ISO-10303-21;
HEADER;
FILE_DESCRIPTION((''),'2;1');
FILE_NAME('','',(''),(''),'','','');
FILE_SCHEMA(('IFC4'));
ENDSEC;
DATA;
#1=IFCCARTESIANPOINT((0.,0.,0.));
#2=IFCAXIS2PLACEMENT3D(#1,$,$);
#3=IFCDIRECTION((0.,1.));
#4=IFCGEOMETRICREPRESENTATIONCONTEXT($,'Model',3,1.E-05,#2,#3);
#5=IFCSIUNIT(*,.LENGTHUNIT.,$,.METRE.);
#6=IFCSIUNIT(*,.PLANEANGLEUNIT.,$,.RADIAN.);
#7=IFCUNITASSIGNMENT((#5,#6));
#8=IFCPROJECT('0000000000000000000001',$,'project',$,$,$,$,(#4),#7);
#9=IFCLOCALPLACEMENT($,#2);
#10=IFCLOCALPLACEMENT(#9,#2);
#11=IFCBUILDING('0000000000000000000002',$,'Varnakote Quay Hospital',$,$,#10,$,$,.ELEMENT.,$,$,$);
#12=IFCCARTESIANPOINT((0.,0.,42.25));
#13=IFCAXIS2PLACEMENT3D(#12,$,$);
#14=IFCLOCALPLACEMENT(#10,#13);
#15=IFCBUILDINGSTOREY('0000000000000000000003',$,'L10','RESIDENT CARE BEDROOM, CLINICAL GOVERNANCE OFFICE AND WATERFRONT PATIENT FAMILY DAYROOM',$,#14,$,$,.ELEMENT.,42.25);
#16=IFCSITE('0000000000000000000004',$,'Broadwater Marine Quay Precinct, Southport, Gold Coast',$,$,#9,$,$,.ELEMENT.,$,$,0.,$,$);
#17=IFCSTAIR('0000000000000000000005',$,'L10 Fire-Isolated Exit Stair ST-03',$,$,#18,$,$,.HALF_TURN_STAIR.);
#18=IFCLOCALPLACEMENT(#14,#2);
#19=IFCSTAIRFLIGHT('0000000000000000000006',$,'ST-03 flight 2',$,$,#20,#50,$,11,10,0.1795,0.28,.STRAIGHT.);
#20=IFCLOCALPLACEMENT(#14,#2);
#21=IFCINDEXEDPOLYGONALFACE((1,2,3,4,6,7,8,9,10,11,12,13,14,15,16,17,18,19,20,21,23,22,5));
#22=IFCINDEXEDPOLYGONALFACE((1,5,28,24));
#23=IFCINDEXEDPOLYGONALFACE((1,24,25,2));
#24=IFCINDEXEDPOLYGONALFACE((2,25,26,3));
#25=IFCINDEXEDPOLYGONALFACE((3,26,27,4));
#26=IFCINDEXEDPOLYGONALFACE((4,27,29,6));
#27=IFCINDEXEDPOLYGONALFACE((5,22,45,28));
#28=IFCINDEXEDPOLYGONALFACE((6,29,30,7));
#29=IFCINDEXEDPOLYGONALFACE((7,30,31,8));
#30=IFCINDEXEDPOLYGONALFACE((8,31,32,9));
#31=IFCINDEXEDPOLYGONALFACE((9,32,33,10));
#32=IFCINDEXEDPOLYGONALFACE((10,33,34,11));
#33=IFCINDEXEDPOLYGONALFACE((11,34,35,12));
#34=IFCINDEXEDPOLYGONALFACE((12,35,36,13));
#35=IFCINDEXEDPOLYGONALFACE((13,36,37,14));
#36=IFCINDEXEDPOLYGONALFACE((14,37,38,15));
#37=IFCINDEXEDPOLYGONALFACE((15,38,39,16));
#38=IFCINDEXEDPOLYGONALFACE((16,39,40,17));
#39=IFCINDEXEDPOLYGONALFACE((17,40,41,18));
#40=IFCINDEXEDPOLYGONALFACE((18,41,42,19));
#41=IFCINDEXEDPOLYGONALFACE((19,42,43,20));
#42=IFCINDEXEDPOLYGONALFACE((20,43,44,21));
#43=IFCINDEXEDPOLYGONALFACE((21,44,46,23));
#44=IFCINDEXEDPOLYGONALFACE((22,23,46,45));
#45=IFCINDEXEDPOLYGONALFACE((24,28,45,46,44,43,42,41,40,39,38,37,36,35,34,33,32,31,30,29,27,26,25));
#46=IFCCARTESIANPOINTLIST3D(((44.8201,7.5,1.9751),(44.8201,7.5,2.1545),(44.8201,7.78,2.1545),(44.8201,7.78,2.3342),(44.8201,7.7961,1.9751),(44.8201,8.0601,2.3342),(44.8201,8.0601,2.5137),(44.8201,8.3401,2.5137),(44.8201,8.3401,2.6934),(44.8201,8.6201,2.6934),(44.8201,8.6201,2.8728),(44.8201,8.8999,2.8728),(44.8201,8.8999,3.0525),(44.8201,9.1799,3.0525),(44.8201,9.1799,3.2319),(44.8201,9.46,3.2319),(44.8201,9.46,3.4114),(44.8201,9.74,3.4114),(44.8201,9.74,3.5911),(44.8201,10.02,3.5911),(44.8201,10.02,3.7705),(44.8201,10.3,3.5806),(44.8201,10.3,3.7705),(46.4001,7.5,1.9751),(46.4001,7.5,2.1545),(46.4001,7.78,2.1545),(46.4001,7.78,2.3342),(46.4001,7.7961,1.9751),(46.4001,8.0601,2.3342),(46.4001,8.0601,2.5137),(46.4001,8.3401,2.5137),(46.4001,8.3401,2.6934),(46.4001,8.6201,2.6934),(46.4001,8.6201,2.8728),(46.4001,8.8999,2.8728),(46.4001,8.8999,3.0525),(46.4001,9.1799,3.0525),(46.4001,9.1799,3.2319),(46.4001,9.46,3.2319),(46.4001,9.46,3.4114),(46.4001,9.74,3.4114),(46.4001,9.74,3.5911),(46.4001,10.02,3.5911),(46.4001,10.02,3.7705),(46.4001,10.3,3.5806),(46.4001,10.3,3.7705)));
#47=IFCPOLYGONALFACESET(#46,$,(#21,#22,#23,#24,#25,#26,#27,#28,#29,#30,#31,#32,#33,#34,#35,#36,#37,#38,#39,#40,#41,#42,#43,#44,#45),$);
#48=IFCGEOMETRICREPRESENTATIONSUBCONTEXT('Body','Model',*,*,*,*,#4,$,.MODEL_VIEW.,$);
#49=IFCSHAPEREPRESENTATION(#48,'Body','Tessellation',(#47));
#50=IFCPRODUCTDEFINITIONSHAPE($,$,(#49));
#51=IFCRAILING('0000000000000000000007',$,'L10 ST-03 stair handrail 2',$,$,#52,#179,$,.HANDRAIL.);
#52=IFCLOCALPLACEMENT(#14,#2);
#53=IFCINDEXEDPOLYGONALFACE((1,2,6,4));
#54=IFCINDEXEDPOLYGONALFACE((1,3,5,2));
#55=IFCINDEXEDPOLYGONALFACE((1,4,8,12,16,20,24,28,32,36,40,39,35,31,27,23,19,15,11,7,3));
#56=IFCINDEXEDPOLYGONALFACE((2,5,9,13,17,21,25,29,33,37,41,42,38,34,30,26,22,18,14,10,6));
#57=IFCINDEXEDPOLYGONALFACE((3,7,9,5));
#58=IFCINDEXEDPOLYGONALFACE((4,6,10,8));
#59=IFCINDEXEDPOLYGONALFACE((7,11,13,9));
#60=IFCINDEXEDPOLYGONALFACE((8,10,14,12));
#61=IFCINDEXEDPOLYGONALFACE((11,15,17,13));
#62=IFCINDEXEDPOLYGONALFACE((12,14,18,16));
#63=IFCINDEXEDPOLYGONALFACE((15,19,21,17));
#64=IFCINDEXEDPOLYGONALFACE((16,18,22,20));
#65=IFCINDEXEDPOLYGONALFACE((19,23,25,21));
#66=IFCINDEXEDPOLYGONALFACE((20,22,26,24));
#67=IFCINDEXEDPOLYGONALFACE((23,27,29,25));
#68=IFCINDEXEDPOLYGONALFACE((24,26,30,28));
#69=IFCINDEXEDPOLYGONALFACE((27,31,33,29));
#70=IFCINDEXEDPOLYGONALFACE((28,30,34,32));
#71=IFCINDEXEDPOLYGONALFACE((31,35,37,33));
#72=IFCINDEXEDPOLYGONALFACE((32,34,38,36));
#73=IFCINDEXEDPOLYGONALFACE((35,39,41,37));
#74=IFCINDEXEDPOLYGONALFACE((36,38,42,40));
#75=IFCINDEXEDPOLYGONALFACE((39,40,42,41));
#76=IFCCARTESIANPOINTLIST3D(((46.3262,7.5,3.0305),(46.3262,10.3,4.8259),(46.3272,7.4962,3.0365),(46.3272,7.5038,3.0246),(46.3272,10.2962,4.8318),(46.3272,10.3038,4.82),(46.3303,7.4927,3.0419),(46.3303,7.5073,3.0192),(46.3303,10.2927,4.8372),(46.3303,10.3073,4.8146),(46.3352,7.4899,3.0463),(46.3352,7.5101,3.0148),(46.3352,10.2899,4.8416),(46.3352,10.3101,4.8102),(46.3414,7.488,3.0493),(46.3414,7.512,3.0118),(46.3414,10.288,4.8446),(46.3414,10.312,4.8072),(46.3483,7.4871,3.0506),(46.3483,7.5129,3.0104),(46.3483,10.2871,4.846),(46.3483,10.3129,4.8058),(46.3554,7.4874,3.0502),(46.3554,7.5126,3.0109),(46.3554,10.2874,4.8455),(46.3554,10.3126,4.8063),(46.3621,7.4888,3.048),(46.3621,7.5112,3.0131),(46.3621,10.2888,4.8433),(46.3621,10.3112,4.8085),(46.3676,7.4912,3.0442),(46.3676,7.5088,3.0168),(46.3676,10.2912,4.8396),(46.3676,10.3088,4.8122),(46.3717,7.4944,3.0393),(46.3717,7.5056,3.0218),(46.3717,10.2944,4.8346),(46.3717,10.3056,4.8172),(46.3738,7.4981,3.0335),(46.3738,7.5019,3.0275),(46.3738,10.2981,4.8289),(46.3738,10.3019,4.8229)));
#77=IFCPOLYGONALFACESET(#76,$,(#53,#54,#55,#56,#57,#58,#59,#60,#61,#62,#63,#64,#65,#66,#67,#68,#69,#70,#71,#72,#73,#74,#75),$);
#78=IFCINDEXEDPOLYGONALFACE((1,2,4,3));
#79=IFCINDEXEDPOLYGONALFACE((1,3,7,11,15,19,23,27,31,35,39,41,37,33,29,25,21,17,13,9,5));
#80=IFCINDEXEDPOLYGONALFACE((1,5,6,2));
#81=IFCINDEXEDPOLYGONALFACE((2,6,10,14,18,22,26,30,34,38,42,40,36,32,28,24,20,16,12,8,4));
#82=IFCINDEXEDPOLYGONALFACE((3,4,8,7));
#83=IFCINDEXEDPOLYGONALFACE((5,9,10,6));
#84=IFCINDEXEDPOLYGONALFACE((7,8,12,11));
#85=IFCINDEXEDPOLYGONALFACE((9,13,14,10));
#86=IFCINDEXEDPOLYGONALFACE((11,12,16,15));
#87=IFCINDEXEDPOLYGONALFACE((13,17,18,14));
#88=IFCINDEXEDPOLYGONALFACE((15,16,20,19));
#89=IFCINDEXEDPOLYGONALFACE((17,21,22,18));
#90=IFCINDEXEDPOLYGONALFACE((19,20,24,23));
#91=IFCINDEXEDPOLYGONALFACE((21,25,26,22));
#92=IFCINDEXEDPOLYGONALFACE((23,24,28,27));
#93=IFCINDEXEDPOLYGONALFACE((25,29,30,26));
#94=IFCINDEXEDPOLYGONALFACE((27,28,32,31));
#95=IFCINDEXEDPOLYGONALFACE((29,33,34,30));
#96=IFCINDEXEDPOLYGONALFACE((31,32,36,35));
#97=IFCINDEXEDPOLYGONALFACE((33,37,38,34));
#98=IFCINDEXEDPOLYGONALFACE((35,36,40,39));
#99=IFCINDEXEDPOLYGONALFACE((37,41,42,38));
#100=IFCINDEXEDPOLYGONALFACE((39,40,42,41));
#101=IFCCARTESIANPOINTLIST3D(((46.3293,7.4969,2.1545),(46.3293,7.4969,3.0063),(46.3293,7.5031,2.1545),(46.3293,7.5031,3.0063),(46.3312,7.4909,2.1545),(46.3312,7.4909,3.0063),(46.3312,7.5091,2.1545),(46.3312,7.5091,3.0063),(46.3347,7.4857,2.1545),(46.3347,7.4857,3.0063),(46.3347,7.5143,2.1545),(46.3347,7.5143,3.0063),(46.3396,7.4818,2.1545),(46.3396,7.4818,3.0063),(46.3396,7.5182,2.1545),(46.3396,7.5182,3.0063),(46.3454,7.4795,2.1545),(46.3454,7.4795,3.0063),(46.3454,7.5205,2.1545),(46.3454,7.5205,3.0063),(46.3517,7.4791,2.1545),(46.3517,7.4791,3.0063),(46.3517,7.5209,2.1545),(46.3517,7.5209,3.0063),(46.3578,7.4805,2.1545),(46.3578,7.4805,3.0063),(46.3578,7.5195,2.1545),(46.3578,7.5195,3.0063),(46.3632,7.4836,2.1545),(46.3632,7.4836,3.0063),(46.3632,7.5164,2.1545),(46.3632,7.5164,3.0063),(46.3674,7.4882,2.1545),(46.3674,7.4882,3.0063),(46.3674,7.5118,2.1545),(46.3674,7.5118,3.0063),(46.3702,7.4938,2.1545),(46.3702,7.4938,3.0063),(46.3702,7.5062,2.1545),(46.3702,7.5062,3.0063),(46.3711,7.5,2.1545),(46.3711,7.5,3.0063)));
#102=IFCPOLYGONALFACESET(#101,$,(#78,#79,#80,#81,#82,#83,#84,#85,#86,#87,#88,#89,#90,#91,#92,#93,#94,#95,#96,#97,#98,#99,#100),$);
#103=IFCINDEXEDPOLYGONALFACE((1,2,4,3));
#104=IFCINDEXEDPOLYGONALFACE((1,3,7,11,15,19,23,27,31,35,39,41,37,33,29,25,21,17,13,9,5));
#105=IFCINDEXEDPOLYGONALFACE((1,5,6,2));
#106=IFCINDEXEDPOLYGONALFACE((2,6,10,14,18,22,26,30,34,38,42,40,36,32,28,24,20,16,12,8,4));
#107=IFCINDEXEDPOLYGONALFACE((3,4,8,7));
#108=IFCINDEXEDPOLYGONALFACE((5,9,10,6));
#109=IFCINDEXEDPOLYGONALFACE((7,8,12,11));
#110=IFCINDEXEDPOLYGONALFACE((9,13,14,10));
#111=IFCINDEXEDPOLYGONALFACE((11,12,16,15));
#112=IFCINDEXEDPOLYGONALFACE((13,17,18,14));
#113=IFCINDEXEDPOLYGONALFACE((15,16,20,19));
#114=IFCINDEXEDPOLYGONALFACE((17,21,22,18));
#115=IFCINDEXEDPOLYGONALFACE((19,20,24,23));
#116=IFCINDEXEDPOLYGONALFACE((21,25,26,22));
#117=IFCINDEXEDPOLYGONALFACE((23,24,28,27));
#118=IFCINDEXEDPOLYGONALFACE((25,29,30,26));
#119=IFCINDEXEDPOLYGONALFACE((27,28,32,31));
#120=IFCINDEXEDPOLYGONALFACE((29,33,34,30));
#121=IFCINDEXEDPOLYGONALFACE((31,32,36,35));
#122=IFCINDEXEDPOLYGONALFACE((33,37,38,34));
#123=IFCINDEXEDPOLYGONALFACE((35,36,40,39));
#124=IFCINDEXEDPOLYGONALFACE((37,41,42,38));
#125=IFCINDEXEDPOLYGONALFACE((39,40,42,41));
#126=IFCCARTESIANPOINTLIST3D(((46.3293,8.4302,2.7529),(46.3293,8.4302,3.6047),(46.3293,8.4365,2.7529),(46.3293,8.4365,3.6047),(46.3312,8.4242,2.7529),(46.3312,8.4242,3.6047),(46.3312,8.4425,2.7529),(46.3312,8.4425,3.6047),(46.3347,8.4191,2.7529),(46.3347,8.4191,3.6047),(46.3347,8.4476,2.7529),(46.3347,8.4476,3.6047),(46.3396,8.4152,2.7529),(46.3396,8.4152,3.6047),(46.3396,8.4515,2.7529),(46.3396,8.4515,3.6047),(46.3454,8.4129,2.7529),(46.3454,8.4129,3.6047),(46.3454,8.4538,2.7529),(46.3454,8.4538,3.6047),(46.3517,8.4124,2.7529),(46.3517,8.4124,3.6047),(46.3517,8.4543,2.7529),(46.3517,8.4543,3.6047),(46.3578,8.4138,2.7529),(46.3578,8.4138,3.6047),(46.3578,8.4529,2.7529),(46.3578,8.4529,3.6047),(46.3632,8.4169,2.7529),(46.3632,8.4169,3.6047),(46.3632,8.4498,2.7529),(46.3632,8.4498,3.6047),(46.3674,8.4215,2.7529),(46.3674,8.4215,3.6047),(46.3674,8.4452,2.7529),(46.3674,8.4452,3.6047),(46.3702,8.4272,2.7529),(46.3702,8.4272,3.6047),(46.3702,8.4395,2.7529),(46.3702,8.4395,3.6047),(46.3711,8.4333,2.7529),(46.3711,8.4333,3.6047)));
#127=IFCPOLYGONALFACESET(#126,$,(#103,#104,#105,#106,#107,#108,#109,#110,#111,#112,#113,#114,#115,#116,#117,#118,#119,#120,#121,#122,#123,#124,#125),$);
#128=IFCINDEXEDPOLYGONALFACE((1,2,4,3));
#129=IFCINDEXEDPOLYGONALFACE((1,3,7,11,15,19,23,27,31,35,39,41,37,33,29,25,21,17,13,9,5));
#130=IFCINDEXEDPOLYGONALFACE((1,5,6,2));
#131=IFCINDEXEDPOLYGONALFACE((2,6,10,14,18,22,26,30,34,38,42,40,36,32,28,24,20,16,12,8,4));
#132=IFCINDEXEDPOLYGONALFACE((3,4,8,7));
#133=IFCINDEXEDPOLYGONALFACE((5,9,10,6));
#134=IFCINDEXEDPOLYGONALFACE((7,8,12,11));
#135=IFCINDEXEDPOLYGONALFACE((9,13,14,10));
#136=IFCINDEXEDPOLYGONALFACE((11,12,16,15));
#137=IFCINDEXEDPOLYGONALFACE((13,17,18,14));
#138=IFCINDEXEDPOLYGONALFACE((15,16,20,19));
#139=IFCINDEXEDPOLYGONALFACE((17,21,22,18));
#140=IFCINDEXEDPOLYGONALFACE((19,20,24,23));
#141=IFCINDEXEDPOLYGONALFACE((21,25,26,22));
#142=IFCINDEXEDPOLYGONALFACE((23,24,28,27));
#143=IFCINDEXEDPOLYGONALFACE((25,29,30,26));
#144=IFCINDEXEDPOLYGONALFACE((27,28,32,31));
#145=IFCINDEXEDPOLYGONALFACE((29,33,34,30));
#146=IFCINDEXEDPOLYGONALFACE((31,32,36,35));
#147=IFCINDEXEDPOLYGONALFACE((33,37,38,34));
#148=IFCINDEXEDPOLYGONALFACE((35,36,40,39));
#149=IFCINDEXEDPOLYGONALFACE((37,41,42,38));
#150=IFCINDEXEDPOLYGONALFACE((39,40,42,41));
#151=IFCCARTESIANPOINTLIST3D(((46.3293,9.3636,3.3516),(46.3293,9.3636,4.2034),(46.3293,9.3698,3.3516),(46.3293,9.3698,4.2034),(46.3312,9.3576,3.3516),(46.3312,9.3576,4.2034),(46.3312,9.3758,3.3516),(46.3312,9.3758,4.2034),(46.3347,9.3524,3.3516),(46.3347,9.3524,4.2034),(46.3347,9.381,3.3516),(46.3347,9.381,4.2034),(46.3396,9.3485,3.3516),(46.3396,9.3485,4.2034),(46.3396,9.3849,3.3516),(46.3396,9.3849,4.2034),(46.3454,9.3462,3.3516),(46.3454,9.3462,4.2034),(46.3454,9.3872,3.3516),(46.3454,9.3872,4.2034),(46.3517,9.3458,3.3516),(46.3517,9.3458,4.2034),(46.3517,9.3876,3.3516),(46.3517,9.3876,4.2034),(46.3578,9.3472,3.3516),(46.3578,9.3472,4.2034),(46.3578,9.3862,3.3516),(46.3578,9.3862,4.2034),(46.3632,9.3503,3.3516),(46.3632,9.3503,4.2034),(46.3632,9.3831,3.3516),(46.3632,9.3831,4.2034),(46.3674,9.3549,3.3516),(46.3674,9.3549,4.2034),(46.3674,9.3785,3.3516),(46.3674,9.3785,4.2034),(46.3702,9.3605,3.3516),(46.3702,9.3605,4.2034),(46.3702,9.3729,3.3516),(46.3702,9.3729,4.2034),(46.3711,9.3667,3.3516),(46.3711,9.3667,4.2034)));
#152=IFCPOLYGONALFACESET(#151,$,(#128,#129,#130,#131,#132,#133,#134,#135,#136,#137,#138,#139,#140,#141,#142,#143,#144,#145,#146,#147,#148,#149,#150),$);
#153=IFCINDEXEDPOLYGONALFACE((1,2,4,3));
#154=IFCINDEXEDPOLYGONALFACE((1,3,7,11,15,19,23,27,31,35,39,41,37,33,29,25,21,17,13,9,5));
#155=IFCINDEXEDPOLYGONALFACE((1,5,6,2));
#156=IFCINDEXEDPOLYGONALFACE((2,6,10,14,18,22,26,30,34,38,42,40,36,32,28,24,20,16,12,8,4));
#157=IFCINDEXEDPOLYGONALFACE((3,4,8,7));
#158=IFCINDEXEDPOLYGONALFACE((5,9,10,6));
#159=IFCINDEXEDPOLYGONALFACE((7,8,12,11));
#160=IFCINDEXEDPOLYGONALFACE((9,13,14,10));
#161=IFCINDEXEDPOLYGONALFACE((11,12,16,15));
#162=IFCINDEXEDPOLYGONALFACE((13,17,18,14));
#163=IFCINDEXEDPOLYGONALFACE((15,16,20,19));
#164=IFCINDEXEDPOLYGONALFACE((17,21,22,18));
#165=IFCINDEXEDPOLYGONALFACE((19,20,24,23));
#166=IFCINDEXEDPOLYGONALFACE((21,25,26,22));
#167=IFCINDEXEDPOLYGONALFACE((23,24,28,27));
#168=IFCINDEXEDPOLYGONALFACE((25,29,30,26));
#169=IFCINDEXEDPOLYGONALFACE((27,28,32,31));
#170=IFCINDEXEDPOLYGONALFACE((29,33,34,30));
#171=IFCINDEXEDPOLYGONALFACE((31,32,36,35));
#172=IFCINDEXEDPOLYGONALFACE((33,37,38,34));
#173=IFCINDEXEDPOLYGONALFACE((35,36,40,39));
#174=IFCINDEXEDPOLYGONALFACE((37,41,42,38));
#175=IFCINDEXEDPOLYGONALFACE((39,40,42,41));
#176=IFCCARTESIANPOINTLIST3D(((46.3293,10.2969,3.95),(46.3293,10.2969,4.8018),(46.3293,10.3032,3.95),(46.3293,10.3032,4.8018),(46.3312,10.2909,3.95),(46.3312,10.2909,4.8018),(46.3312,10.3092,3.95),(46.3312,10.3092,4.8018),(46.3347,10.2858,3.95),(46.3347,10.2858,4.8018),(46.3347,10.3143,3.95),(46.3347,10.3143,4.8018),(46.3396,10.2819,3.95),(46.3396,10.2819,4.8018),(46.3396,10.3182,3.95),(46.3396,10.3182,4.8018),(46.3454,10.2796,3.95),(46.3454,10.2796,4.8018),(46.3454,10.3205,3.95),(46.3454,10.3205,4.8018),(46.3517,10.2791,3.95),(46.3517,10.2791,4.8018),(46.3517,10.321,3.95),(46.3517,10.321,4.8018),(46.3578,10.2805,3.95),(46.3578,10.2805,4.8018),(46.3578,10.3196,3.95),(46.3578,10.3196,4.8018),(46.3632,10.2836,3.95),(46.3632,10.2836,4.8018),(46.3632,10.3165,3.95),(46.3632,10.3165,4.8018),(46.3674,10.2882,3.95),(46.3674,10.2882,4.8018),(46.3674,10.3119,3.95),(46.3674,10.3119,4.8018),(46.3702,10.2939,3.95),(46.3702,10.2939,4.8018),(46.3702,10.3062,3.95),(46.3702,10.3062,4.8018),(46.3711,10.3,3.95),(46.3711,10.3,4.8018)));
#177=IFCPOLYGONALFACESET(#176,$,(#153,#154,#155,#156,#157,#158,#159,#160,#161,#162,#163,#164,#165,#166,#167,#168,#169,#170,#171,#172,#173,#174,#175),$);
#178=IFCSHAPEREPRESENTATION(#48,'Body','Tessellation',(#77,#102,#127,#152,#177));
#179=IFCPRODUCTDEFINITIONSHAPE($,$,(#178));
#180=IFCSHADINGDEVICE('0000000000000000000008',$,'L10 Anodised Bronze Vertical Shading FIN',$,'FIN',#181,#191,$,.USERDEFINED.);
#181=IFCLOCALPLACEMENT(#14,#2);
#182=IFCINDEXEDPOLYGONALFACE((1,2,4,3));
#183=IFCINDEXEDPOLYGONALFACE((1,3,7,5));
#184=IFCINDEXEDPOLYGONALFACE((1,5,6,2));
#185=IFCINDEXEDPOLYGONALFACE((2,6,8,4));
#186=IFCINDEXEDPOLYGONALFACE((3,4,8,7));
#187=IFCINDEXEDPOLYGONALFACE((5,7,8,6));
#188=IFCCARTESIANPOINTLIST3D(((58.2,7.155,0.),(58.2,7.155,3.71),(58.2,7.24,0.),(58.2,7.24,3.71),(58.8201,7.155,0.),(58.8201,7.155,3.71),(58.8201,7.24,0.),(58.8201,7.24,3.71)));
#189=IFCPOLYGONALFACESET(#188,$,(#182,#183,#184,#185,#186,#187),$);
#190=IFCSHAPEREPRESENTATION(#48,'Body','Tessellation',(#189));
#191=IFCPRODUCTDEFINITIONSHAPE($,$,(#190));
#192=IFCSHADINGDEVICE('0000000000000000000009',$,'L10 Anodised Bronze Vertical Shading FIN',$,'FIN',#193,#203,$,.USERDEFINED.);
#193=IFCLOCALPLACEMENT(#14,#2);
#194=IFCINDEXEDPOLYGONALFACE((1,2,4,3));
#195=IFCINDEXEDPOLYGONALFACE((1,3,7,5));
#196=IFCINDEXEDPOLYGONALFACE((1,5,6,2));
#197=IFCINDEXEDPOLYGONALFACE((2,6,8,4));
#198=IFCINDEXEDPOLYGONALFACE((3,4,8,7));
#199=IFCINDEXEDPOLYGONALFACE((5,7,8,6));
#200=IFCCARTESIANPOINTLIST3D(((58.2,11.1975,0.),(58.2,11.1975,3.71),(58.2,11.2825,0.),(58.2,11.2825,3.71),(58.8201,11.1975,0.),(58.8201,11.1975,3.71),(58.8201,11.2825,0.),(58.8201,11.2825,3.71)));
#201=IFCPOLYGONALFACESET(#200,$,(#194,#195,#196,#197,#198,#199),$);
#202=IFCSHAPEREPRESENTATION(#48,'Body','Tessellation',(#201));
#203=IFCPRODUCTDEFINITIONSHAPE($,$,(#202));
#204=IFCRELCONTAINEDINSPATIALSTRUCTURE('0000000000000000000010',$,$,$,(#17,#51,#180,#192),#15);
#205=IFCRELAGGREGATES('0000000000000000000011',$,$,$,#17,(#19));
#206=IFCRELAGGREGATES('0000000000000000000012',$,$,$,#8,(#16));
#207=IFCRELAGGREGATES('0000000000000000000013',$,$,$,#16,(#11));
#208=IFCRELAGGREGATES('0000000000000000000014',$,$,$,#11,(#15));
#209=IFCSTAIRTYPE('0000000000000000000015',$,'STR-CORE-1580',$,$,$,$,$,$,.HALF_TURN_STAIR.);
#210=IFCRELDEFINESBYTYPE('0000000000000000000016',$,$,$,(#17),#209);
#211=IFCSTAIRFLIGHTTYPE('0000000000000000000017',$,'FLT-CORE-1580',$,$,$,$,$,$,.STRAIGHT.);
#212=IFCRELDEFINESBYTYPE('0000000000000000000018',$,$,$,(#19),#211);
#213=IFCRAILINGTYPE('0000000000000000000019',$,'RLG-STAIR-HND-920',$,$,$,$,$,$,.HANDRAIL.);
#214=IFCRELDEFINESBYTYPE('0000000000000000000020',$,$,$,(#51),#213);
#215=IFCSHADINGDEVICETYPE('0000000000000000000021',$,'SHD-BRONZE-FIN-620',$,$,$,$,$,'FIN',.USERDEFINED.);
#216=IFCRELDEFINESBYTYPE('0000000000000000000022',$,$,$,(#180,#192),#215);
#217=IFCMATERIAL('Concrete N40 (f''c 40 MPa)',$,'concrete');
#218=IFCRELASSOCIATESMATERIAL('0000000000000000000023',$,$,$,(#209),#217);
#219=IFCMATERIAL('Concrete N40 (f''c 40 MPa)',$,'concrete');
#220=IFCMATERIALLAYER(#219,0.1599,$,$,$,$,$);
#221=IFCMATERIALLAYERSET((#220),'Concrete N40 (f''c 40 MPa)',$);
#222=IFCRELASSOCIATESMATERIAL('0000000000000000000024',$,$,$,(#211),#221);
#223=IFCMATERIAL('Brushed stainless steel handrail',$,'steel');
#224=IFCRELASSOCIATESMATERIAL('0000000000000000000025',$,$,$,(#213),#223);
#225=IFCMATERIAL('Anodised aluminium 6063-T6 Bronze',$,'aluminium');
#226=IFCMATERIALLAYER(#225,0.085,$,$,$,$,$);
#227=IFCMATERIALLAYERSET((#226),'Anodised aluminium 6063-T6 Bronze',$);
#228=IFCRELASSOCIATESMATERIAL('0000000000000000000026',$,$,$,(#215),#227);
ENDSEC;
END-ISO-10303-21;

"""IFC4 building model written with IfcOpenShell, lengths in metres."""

from ifc_helpers import new_model, si_unit, direction, frame, origin, origin_2d, place, context, subcontext, project, spatial, polyline, rectangle, circle, outline, extrude, material, layer, layer_set, type_object, element, aggregate, save


model = new_model("IFC4")

# Units and contexts
model_context = context("Model", 3, precision=1e-05, world=origin(), true_north=direction((0.0, 1.0)))
body_context = subcontext(model_context, "Body", "Model", "MODEL_VIEW")
ifc_project = project(units=[si_unit("LENGTHUNIT", "METRE"), si_unit("PLANEANGLEUNIT", "RADIAN")], contexts=[model_context])

# Site, building, storey
site_placement = place(None, origin())
site = spatial("IfcSite", under=ifc_project, at=site_placement, Name="Broadwater Marine Quay Precinct, Southport, Gold Coast", CompositionType="ELEMENT", RefElevation=0.0)
building_placement = place(site_placement, origin())
building = spatial("IfcBuilding", under=site, at=building_placement, Name="Varnakote Quay Hospital", CompositionType="ELEMENT")
storey_placement = place(building_placement, frame((0.0, 0.0, 42.25)))
storey = spatial("IfcBuildingStorey", under=building, at=storey_placement, Name="L10", Description="RESIDENT CARE BEDROOM, CLINICAL GOVERNANCE OFFICE AND WATERFRONT PATIENT FAMILY DAYROOM", CompositionType="ELEMENT", Elevation=42.25)

# Stair, stair flight
ifc_material_1 = material(Name="Concrete N40 (f'c 40 MPa)", Category="concrete")
stair_type = type_object("IfcStairType", Name="STR-CORE-1580", PredefinedType="HALF_TURN_STAIR", material=ifc_material_1)
stair_placement = place(storey_placement, origin())
stair = element("IfcStair", 1, at=stair_placement, inside=storey, type_object=stair_type, Name="L10 Fire-Isolated Exit Stair ST-03", PredefinedType="HALF_TURN_STAIR")
ifc_material_2 = material(Name="Concrete N40 (f'c 40 MPa)", Category="concrete")
ifc_layer_1 = layer(ifc_material_2, 0.1599)
ifc_layer_set_1 = layer_set([ifc_layer_1], Name="Concrete N40 (f'c 40 MPa)")
stair_flight_type = type_object("IfcStairFlightType", Name="FLT-CORE-1580", PredefinedType="STRAIGHT", material=ifc_layer_set_1)
stair_flight_placement = place(storey_placement, frame((45.6101, 7.5, 1.9751), z_axis=(0.0, 0.0, 1.0), x_axis=(0.0, 1.0, 0.0)))
stair_flight = element("IfcStairFlight", 2, at=stair_flight_placement, type_object=stair_flight_type, Name="ST-03 flight 2", NumberOfRisers=11, NumberOfTreads=10, PredefinedType="STRAIGHT", RiserHeight=0.1795, TreadLength=0.28, context=body_context, shape_type="SweptSolid", body=[
    extrude(outline(polyline([(0.0, 0.0), (0.0, 0.1794), (0.28, 0.1794), (0.28, 0.3591), (0.5601, 0.3591), (0.5601, 0.5386), (0.8401, 0.5386), (0.8401, 0.7183), (1.1201, 0.7183), (1.1201, 0.8977), (1.3999, 0.8977), (1.3999, 1.0774), (1.6799, 1.0774), (1.6799, 1.2568), (1.96, 1.2568), (1.96, 1.4363), (2.24, 1.4363), (2.24, 1.616), (2.52, 1.616), (2.52, 1.7954), (2.8, 1.7954), (2.8, 1.9751), (2.8, 1.6055), (0.2961, 0.0), (0.0, 0.0)])), frame((0.0, 0.79, 0.0), z_axis=(0.0, -1.0, 0.0), x_axis=(1.0, 0.0, 0.0)), (0.0, 0.0, 1.0), 1.5801),
])
aggregate(stair, [stair_flight])

# Railing
ifc_material_3 = material(Name="Brushed stainless steel handrail", Category="steel")
railing_type = type_object("IfcRailingType", Name="RLG-STAIR-HND-920", PredefinedType="HANDRAIL", material=ifc_material_3)
railing_placement = place(storey_placement, frame((46.3501, 7.5, 2.1545)))
element("IfcRailing", 3, at=railing_placement, inside=storey, type_object=railing_type, Name="L10 ST-03 stair handrail 2", PredefinedType="HANDRAIL", context=body_context, shape_type="SweptSolid", body=[
    extrude(circle(Radius=0.0239, at=origin_2d()), frame((0.0, 0.0, 0.876), z_axis=(0.0, 0.84181, 0.539774), x_axis=(-1.0, 0.0, 0.0)), (0.0, 0.0, 1.0), 3.3262),
    extrude(circle(Radius=0.021, at=origin_2d()), origin(), (0.0, 0.0, 1.0), 0.8518),
    extrude(circle(Radius=0.021, at=origin_2d()), frame((0.0, 0.9333, 0.5984)), (0.0, 0.0, 1.0), 0.8518),
    extrude(circle(Radius=0.021, at=origin_2d()), frame((0.0, 1.8667, 1.197)), (0.0, 0.0, 1.0), 0.8518),
    extrude(circle(Radius=0.021, at=origin_2d()), frame((0.0, 2.8, 1.7954)), (0.0, 0.0, 1.0), 0.8518),
])

# Shading devices
ifc_material_4 = material(Name="Anodised aluminium 6063-T6 Bronze", Category="aluminium")
ifc_layer_2 = layer(ifc_material_4, 0.085)
ifc_layer_set_2 = layer_set([ifc_layer_2], Name="Anodised aluminium 6063-T6 Bronze")
shading_device_type = type_object("IfcShadingDeviceType", Name="SHD-BRONZE-FIN-620", ElementType="FIN", PredefinedType="USERDEFINED", material=ifc_layer_set_2)
for number, where, z_axis, x_axis, name in (
    (4, (58.51, 7.1975, 0.0), (0.0, 0.0, 1.0), (-1.0, 0.0, 0.0), "L10 Anodised Bronze Vertical Shading FIN"),
    (5, (58.51, 11.24, 0.0), (0.0, 0.0, 1.0), (-1.0, 0.0, 0.0), "L10 Anodised Bronze Vertical Shading FIN"),
):
    element("IfcShadingDevice", number, at=place(storey_placement, frame(where, z_axis=z_axis, x_axis=x_axis)), inside=storey, type_object=shading_device_type, Name=name, ObjectType="FIN", PredefinedType="USERDEFINED", context=body_context, shape_type="SweptSolid", body=[
        extrude(rectangle(XDim=0.6201, YDim=0.085, at=origin_2d()), origin(), (0.0, 0.0, 1.0), 3.71),
    ])

save(model, "model.ifc")
